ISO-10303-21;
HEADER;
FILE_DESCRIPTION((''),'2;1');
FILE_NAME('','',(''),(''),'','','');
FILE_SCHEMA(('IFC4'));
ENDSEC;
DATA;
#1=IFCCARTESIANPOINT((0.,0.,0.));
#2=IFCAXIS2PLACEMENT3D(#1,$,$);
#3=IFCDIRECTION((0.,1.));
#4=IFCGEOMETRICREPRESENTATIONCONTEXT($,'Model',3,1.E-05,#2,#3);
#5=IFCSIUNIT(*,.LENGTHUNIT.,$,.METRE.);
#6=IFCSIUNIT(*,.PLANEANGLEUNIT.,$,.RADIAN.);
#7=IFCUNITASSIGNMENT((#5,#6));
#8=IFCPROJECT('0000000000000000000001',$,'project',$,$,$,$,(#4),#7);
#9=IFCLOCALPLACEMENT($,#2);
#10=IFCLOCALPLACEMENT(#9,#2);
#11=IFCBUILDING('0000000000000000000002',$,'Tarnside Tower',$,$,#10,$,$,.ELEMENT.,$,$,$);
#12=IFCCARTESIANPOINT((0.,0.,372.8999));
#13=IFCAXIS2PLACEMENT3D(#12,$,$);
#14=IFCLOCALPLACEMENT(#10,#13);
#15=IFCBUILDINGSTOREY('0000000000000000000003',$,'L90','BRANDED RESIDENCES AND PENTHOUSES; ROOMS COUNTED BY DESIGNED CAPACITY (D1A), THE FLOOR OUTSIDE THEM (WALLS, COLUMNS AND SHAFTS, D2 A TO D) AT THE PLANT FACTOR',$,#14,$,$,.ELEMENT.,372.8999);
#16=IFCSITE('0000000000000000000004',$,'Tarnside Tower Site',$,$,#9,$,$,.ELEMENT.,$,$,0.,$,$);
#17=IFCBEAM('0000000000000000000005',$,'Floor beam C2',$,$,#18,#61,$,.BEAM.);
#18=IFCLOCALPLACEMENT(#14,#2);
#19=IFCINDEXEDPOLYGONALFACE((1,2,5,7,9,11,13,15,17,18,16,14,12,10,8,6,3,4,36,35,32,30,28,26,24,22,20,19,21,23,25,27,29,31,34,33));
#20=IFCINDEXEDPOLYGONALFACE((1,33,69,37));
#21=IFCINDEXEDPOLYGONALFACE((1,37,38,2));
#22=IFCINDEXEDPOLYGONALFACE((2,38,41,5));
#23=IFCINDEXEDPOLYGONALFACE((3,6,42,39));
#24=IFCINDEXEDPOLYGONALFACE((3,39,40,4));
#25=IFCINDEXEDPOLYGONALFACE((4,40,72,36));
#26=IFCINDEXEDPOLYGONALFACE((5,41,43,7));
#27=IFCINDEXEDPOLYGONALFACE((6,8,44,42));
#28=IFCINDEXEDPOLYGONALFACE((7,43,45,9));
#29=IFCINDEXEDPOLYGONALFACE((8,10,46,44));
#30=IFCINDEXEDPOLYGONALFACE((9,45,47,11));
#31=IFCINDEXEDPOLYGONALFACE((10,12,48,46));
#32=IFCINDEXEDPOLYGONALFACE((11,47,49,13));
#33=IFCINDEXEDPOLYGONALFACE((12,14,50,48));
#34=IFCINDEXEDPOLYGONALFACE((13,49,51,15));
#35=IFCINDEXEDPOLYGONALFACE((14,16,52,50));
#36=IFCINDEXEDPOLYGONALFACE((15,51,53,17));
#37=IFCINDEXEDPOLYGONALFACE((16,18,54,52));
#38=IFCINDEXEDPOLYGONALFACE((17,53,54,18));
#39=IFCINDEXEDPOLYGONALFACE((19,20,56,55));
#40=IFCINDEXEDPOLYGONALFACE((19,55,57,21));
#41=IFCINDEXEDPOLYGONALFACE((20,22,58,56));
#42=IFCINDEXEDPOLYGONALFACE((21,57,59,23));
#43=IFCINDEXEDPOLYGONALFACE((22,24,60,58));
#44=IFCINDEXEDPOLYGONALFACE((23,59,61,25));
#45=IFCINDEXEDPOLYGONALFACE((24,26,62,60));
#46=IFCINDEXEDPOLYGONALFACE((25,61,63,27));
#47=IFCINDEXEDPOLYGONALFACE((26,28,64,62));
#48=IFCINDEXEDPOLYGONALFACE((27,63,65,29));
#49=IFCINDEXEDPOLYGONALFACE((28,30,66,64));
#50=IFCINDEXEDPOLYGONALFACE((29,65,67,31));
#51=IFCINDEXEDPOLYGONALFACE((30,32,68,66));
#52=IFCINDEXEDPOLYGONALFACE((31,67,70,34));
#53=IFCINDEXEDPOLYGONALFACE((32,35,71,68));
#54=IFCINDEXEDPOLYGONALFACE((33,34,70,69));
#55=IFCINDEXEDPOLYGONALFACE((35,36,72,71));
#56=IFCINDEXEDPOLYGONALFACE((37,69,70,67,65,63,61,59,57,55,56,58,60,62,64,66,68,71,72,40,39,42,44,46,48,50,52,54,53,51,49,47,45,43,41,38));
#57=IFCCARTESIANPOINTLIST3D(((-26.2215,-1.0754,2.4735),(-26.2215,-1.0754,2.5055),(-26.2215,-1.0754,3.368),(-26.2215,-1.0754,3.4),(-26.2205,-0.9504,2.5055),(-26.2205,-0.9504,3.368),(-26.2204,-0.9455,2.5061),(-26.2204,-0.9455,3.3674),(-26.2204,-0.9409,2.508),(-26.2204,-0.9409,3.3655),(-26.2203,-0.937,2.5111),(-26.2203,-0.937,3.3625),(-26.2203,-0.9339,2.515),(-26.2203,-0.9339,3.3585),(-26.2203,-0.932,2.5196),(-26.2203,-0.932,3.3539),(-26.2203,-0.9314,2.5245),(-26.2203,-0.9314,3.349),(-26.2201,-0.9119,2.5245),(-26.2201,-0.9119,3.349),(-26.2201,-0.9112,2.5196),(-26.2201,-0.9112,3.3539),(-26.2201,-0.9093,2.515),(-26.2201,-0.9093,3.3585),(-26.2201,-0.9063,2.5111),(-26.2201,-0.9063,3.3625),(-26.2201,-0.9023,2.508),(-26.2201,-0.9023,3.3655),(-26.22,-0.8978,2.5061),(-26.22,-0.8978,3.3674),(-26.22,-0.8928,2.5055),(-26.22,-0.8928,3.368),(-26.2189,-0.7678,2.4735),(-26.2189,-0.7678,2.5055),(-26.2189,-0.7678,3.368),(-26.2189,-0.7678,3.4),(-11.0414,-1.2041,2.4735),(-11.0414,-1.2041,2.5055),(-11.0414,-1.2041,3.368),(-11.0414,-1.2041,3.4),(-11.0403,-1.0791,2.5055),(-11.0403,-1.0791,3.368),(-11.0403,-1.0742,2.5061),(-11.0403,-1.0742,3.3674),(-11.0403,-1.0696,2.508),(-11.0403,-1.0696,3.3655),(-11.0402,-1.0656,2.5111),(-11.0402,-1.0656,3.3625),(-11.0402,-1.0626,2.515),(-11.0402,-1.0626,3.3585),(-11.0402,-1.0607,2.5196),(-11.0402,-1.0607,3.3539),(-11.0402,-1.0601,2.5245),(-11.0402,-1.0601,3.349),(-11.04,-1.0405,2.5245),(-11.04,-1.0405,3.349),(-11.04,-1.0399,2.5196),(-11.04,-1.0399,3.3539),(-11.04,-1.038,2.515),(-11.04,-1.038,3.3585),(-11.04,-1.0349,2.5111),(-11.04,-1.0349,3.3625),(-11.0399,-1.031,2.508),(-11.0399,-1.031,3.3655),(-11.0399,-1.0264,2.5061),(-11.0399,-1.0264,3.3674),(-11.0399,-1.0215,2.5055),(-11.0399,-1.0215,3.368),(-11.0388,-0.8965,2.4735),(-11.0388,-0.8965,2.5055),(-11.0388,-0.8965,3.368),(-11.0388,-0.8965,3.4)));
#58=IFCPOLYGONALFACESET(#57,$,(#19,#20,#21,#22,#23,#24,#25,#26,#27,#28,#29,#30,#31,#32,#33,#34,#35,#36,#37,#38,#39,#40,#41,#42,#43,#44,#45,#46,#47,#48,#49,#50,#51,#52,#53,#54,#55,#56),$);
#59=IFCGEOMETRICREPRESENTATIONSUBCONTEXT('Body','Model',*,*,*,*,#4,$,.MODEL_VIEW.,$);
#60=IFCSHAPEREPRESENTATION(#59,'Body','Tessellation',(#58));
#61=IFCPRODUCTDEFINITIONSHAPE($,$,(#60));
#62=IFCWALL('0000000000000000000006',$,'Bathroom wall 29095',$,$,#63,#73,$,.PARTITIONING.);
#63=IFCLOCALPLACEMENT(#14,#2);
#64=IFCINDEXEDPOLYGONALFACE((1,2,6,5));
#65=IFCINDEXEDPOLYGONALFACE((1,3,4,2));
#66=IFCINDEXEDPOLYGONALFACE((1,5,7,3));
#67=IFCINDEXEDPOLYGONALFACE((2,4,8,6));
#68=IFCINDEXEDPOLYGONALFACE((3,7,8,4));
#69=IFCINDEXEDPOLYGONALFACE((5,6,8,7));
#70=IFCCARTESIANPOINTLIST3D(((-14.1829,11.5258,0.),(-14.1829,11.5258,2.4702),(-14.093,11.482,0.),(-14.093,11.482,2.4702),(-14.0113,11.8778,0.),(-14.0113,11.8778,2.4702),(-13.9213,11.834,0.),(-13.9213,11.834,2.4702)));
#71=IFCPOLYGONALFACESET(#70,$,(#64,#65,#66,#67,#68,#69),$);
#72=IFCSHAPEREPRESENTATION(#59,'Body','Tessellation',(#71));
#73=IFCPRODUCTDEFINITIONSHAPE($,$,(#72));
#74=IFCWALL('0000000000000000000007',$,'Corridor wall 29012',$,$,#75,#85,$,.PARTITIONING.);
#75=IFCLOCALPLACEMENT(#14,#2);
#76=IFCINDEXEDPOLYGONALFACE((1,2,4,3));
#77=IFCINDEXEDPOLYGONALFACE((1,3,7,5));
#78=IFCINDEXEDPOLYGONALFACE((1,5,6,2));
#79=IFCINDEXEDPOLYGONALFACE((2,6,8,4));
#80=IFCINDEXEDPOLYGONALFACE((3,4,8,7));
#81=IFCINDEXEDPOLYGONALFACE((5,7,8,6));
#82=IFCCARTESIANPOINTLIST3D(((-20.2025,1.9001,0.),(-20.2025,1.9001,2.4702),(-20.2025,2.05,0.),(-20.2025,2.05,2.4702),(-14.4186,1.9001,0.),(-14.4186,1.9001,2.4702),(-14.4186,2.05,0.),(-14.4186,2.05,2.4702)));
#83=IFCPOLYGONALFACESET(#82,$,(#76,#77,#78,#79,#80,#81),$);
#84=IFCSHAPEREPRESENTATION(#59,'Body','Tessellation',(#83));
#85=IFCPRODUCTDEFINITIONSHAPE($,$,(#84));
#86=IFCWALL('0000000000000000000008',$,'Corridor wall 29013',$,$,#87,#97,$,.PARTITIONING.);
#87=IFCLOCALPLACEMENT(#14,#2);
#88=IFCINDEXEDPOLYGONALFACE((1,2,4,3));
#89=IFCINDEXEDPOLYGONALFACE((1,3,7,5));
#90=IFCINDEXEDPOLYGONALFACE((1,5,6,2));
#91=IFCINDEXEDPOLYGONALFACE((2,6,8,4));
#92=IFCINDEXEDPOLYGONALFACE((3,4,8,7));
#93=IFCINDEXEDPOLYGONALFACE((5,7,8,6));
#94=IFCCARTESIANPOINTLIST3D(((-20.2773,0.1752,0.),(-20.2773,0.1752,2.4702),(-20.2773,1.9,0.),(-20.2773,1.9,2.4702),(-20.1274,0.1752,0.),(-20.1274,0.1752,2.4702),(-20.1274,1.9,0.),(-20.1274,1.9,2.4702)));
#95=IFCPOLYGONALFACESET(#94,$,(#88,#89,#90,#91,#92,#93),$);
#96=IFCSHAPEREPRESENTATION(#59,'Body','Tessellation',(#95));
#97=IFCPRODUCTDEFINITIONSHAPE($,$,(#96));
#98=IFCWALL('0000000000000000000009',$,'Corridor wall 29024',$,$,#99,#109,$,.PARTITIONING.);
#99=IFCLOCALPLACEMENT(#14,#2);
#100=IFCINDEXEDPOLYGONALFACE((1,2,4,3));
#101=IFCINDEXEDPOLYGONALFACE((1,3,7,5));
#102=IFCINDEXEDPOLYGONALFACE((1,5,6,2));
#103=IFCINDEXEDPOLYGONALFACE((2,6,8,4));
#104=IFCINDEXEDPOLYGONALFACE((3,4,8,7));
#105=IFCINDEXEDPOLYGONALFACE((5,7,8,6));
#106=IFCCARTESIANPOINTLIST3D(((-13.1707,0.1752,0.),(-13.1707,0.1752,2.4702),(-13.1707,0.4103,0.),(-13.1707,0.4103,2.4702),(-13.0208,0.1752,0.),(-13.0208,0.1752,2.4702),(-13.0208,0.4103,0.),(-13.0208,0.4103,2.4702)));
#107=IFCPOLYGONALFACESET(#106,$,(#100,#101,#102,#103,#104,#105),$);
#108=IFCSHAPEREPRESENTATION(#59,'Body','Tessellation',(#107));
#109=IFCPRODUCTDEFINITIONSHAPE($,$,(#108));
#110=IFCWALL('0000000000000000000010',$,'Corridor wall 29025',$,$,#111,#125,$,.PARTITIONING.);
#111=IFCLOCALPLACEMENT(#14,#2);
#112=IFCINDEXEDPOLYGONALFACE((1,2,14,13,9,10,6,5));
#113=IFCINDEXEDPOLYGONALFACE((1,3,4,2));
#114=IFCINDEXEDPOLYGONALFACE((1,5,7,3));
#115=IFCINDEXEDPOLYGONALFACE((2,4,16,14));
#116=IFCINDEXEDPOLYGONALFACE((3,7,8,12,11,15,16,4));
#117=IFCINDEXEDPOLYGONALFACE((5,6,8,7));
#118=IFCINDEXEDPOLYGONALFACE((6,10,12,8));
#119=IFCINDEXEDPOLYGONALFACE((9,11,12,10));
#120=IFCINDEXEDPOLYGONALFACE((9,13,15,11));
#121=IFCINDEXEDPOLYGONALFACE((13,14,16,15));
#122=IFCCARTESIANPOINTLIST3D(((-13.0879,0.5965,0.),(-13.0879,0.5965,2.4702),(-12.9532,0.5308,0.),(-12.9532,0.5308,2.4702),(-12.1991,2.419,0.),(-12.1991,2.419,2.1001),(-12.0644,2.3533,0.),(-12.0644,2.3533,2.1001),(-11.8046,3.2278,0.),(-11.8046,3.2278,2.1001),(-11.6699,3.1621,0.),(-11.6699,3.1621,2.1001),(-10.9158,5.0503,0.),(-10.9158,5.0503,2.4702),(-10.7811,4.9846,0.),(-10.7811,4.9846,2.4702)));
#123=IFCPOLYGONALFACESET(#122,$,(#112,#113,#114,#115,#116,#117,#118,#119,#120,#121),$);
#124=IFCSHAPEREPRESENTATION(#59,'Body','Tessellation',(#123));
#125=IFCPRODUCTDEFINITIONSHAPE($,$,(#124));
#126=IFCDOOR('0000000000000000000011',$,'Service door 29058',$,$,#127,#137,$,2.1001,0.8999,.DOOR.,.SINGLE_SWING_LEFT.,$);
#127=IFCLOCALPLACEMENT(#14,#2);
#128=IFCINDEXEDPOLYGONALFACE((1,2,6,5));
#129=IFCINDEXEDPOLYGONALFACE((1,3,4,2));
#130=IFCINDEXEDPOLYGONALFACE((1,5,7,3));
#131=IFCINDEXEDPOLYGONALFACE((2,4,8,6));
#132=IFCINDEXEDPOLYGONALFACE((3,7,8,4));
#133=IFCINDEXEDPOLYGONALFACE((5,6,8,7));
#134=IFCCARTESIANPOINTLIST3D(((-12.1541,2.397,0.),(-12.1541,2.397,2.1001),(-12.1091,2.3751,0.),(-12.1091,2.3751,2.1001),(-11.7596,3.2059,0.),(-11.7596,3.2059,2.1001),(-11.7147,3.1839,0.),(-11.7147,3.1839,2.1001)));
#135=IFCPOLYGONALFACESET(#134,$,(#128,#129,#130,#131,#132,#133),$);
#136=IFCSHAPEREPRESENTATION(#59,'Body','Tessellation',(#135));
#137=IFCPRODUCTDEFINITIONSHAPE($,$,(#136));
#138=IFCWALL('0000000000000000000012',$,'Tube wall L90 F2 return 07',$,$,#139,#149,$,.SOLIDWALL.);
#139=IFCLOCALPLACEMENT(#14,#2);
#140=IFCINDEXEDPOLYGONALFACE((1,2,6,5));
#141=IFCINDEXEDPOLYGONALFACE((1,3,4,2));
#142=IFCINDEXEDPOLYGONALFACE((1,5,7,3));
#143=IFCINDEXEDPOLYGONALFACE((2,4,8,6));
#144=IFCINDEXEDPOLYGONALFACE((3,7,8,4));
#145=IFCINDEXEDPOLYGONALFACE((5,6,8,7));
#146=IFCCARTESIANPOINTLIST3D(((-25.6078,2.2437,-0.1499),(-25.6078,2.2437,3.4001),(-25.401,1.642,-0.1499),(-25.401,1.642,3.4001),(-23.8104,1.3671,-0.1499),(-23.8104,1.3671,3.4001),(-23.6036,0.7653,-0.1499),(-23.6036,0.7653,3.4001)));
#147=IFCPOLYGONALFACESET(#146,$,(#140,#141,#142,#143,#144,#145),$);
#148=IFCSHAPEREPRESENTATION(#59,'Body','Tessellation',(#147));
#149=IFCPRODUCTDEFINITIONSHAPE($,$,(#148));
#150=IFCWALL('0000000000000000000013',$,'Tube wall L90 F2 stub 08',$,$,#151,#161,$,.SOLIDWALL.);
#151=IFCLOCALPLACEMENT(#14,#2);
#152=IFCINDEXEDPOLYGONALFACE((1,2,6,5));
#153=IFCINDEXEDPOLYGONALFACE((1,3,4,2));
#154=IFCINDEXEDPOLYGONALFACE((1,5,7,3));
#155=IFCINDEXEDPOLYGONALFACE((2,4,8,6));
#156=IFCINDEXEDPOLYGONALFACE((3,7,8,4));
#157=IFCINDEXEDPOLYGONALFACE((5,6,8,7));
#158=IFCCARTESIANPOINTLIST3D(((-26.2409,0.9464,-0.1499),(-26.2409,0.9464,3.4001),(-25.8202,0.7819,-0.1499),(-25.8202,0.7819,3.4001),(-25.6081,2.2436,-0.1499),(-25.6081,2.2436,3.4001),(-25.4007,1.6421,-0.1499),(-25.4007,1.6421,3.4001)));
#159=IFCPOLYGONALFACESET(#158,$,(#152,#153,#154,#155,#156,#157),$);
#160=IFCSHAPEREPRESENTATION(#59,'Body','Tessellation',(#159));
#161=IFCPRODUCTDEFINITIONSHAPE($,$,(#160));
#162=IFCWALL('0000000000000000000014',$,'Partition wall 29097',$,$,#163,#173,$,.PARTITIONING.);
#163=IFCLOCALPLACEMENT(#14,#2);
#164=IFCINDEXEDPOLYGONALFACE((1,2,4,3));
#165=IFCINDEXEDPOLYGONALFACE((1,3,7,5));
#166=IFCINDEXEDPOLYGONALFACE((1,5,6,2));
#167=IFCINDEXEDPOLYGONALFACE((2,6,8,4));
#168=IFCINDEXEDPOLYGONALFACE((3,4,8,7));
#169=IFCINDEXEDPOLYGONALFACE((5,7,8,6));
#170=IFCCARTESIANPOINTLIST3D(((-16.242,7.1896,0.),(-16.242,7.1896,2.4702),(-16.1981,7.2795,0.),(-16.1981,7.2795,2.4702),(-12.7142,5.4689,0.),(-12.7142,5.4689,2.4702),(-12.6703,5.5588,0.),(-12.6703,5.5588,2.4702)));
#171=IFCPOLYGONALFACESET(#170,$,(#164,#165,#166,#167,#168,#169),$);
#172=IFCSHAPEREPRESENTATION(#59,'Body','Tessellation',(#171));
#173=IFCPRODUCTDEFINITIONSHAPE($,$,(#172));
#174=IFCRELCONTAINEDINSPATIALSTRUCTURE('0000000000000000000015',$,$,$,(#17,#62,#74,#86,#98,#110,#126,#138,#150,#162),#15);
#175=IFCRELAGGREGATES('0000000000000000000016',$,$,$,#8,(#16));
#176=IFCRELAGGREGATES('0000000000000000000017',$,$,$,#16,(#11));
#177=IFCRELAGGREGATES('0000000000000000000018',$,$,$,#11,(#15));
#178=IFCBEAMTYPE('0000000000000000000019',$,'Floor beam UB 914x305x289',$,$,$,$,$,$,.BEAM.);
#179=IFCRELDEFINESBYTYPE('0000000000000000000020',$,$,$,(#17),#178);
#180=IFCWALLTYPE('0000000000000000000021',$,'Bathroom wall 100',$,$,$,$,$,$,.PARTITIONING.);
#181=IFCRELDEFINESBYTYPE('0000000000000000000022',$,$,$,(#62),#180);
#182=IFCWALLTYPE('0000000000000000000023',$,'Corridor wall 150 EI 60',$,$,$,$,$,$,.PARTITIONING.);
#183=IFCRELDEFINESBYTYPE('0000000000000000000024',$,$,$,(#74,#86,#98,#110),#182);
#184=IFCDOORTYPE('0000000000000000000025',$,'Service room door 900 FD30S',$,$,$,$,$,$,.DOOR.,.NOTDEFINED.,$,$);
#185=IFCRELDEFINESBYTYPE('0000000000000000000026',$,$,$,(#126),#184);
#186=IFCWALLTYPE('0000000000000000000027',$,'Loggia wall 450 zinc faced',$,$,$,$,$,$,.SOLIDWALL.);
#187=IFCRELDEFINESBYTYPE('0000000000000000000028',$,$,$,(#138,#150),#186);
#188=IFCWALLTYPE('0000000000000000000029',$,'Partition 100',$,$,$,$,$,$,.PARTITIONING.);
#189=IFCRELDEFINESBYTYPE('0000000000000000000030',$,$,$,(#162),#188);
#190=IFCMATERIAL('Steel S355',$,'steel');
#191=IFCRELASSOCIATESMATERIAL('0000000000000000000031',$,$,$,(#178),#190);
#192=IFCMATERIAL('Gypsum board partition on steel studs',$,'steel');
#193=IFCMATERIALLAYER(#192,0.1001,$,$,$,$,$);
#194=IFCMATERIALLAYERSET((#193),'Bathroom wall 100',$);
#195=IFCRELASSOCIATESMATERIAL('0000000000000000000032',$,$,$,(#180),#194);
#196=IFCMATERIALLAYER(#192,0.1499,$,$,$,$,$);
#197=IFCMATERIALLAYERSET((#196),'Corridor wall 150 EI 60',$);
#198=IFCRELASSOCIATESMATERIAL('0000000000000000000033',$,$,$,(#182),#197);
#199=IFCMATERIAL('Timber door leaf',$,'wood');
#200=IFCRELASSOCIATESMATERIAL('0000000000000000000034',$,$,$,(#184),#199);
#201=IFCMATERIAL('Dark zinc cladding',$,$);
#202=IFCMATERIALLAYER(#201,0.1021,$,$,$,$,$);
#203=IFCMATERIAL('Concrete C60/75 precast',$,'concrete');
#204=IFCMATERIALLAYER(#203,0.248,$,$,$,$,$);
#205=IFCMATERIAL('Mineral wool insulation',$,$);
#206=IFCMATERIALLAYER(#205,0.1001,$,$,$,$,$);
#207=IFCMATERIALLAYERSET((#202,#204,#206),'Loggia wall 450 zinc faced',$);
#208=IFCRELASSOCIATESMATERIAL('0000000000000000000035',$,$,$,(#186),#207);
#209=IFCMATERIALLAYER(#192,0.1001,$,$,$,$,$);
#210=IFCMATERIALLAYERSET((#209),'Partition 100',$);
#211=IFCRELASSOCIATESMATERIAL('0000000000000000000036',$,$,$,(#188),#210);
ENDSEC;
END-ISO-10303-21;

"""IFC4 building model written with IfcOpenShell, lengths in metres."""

from ifc_helpers import new_model, si_unit, direction, frame, frame_2d, origin, origin_2d, place, context, subcontext, project, spatial, polyline, rectangle, i_section, outline, extrude, material, layer, layer_set, material_profile, profile_set, type_object, element, fill, save


model = new_model("IFC4")

# Units and contexts
model_context = context("Model", 3, precision=1e-05, world=origin(), true_north=direction((0.0, 1.0)))
body_context = subcontext(model_context, "Body", "Model", "MODEL_VIEW")
ifc_project = project(units=[si_unit("LENGTHUNIT", "METRE"), si_unit("PLANEANGLEUNIT", "RADIAN")], contexts=[model_context])

# Site, building, storey
site_placement = place(None, origin())
site = spatial("IfcSite", under=ifc_project, at=site_placement, Name="Tarnside Tower Site", CompositionType="ELEMENT", RefElevation=0.0)
building_placement = place(site_placement, origin())
building = spatial("IfcBuilding", under=site, at=building_placement, Name="Tarnside Tower", CompositionType="ELEMENT")
storey_placement = place(building_placement, frame((0.0, 0.0, 372.8999)))
storey = spatial("IfcBuildingStorey", under=building, at=storey_placement, Name="L90", Description="BRANDED RESIDENCES AND PENTHOUSES; ROOMS COUNTED BY DESIGNED CAPACITY (D1A), THE FLOOR OUTSIDE THEM (WALLS, COLUMNS AND SHAFTS, D2 A TO D) AT THE PLANT FACTOR", CompositionType="ELEMENT", Elevation=372.8999)

# Beam
ifc_material_1 = material(Name="Steel S355", Category="steel")
ifc_material_profile = material_profile(ifc_material_1, i_section(OverallWidth=0.3076, OverallDepth=0.9265, WebThickness=0.0195, FlangeThickness=0.032, FilletRadius=0.019, at=origin_2d()), Name="UB 914x305x289")
ifc_profile_set = profile_set([ifc_material_profile], Name="Steel S355")
beam_type = type_object("IfcBeamType", Name="Floor beam UB 914x305x289", PredefinedType="BEAM", material=ifc_profile_set)
beam_1_placement = place(storey_placement, frame((-26.2202, -0.9216, 2.9368), z_axis=(0.999964, -0.008475, 0.0), x_axis=(0.008475, 0.999964, 0.0)))
element("IfcBeam", 1, at=beam_1_placement, inside=storey, type_object=beam_type, Name="Floor beam C2", PredefinedType="BEAM", context=body_context, shape_type="SweptSolid", body=[
    extrude(i_section(OverallWidth=0.3076, OverallDepth=0.9265, WebThickness=0.0195, FlangeThickness=0.032, FilletRadius=0.019, at=origin_2d()), origin(), (0.0, 0.0, 1.0), 15.1807),
])

# Walls
ifc_material_2 = material(Name="Gypsum board partition on steel studs", Category="steel")
ifc_layer_1 = layer(ifc_material_2, 0.1001)
ifc_layer_set_1 = layer_set([ifc_layer_1], Name="Bathroom wall 100")
wall_type_1 = type_object("IfcWallType", Name="Bathroom wall 100", PredefinedType="PARTITIONING", material=ifc_layer_set_1)
wall_1_placement = place(storey_placement, frame((-14.1379, 11.5039, 0.0), z_axis=(0.0, 0.0, 1.0), x_axis=(0.438215, 0.89887, 0.0)))
element("IfcWall", 2, at=wall_1_placement, inside=storey, type_object=wall_type_1, Name="Bathroom wall 29095", PredefinedType="PARTITIONING", context=body_context, shape_type="SweptSolid", body=[
    extrude(rectangle(XDim=0.3916, YDim=0.1001, at=frame_2d((0.1958, 0.0))), origin(), (0.0, 0.0, 1.0), 2.4702),
])
ifc_layer_2 = layer(ifc_material_2, 0.1499)
ifc_layer_set_2 = layer_set([ifc_layer_2], Name="Corridor wall 150 EI 60")
wall_type_2 = type_object("IfcWallType", Name="Corridor wall 150 EI 60", PredefinedType="PARTITIONING", material=ifc_layer_set_2)
wall_2_placement = place(storey_placement, frame((-14.4185, 1.9751, 0.0), z_axis=(0.0, 0.0, 1.0), x_axis=(-1.0, 0.0, 0.0)))
element("IfcWall", 3, at=wall_2_placement, inside=storey, type_object=wall_type_2, Name="Corridor wall 29012", PredefinedType="PARTITIONING", context=body_context, shape_type="SweptSolid", body=[
    extrude(rectangle(XDim=5.7839, YDim=0.1499, at=frame_2d((2.8921, 0.0))), origin(), (0.0, 0.0, 1.0), 2.4702),
])
wall_3_placement = place(storey_placement, frame((-20.2024, 1.8999, 0.0), z_axis=(0.0, 0.0, 1.0), x_axis=(0.0, -1.0, 0.0)))
element("IfcWall", 4, at=wall_3_placement, inside=storey, type_object=wall_type_2, Name="Corridor wall 29013", PredefinedType="PARTITIONING", context=body_context, shape_type="SweptSolid", body=[
    extrude(rectangle(XDim=1.7249, YDim=0.1499, at=frame_2d((0.8623, 0.0))), origin(), (0.0, 0.0, 1.0), 2.4702),
])
wall_4_placement = place(storey_placement, frame((-13.0957, 0.175, 0.0), z_axis=(0.0, 0.0, 1.0), x_axis=(0.0, 1.0, 0.0)))
element("IfcWall", 5, at=wall_4_placement, inside=storey, type_object=wall_type_2, Name="Corridor wall 29024", PredefinedType="PARTITIONING", context=body_context, shape_type="SweptSolid", body=[
    extrude(rectangle(XDim=0.2351, YDim=0.1499, at=frame_2d((0.1177, 0.0))), origin(), (0.0, 0.0, 1.0), 2.4702),
])

# Wall, opening, door
wall_5_placement = place(storey_placement, frame((-13.0205, 0.5637, 0.0), z_axis=(0.0, 0.0, 1.0), x_axis=(0.438343, 0.898808, 0.0)))
wall_5 = element("IfcWall", 6, at=wall_5_placement, inside=storey, type_object=wall_type_2, Name="Corridor wall 29025", PredefinedType="PARTITIONING", context=body_context, shape_type="SweptSolid", body=[
    extrude(rectangle(XDim=4.9553, YDim=0.1499, at=frame_2d((2.4775, 0.0))), origin(), (0.0, 0.0, 1.0), 2.4702),
])
opening_1_placement = place(wall_5_placement, frame((2.0276, 0.0, 0.0)))
opening_1 = element("IfcOpeningElement", 7, at=opening_1_placement, cuts=wall_5, PredefinedType="OPENING", context=body_context, shape_type="SweptSolid", body=[
    extrude(rectangle(XDim=0.8999, YDim=2.1001, at=frame_2d((0.45, 1.05))), frame((0.0, 0.085, 0.0), z_axis=(0.0, -1.0, 0.0), x_axis=(1.0, 0.0, 0.0)), (0.0, 0.0, 1.0), 0.1699),
])
ifc_material_3 = material(Name="Timber door leaf", Category="wood")
door_type_1 = type_object("IfcDoorType", Name="Service room door 900 FD30S", OperationType="NOTDEFINED", PredefinedType="DOOR", material=ifc_material_3)
door_1_placement = place(opening_1_placement, origin())
door_1 = element("IfcDoor", 8, at=door_1_placement, inside=storey, type_object=door_type_1, Name="Service door 29058", OperationType="SINGLE_SWING_LEFT", OverallHeight=2.1001, OverallWidth=0.8999, PredefinedType="DOOR", context=body_context, shape_type="SweptSolid", body=[
    extrude(rectangle(XDim=0.8999, YDim=2.1001, at=frame_2d((0.45, 1.05))), frame((0.0, 0.0249, 0.0), z_axis=(0.0, -1.0, 0.0), x_axis=(1.0, 0.0, 0.0)), (0.0, 0.0, 1.0), 0.05),
])
fill(opening_1, door_1)

# Walls
ifc_material_4 = material(Name="Dark zinc cladding")
ifc_layer_3 = layer(ifc_material_4, 0.1021)
ifc_material_5 = material(Name="Concrete C60/75 precast", Category="concrete")
ifc_layer_4 = layer(ifc_material_5, 0.248)
ifc_material_6 = material(Name="Mineral wool insulation")
ifc_layer_5 = layer(ifc_material_6, 0.1001)
ifc_layer_set_3 = layer_set([ifc_layer_3, ifc_layer_4, ifc_layer_5], Name="Loggia wall 450 zinc faced")
wall_type_3 = type_object("IfcWallType", Name="Loggia wall 450 zinc faced", PredefinedType="SOLIDWALL", material=ifc_layer_set_3)
wall_6_placement = place(storey_placement, frame((-23.707, 1.0662, -0.1499), z_axis=(0.0, 0.0, 1.0), x_axis=(-0.898779, 0.438402, 0.0)))
element("IfcWall", 9, at=wall_6_placement, inside=storey, type_object=wall_type_3, Name="Tube wall L90 F2 return 07", PredefinedType="SOLIDWALL", context=body_context, shape_type="SweptSolid", body=[
    extrude(outline(polyline([(0.2249, -0.2251), (2.2246, -0.2251), (1.7749, 0.2251), (-0.2249, 0.2251), (0.2249, -0.2251)])), origin(), (0.0, 0.0, 1.0), 3.55),
])
wall_7_placement = place(storey_placement, frame((-25.5044, 1.9429, -0.1499), z_axis=(0.0, 0.0, 1.0), x_axis=(-0.438404, -0.898778, 0.0)))
element("IfcWall", 10, at=wall_7_placement, inside=storey, type_object=wall_type_3, Name="Tube wall L90 F2 stub 08", PredefinedType="SOLIDWALL", context=body_context, shape_type="SweptSolid", body=[
    extrude(outline(polyline([(-0.2249, -0.2251), (1.2185, -0.2251), (1.1819, 0.2251), (0.2249, 0.2251), (-0.2249, -0.2251)])), origin(), (0.0, 0.0, 1.0), 3.55),
])
ifc_layer_6 = layer(ifc_material_2, 0.1001)
ifc_layer_set_4 = layer_set([ifc_layer_6], Name="Partition 100")
wall_type_4 = type_object("IfcWallType", Name="Partition 100", PredefinedType="PARTITIONING", material=ifc_layer_set_4)
wall_8_placement = place(storey_placement, frame((-12.6924, 5.5139, 0.0), z_axis=(0.0, 0.0, 1.0), x_axis=(-0.898788, 0.438384, 0.0)))
element("IfcWall", 11, at=wall_8_placement, inside=storey, type_object=wall_type_4, Name="Partition wall 29097", PredefinedType="PARTITIONING", context=body_context, shape_type="SweptSolid", body=[
    extrude(rectangle(XDim=3.925, YDim=0.1001, at=frame_2d((1.9624, 0.0))), origin(), (0.0, 0.0, 1.0), 2.4702),
])

save(model, "model.ifc")
